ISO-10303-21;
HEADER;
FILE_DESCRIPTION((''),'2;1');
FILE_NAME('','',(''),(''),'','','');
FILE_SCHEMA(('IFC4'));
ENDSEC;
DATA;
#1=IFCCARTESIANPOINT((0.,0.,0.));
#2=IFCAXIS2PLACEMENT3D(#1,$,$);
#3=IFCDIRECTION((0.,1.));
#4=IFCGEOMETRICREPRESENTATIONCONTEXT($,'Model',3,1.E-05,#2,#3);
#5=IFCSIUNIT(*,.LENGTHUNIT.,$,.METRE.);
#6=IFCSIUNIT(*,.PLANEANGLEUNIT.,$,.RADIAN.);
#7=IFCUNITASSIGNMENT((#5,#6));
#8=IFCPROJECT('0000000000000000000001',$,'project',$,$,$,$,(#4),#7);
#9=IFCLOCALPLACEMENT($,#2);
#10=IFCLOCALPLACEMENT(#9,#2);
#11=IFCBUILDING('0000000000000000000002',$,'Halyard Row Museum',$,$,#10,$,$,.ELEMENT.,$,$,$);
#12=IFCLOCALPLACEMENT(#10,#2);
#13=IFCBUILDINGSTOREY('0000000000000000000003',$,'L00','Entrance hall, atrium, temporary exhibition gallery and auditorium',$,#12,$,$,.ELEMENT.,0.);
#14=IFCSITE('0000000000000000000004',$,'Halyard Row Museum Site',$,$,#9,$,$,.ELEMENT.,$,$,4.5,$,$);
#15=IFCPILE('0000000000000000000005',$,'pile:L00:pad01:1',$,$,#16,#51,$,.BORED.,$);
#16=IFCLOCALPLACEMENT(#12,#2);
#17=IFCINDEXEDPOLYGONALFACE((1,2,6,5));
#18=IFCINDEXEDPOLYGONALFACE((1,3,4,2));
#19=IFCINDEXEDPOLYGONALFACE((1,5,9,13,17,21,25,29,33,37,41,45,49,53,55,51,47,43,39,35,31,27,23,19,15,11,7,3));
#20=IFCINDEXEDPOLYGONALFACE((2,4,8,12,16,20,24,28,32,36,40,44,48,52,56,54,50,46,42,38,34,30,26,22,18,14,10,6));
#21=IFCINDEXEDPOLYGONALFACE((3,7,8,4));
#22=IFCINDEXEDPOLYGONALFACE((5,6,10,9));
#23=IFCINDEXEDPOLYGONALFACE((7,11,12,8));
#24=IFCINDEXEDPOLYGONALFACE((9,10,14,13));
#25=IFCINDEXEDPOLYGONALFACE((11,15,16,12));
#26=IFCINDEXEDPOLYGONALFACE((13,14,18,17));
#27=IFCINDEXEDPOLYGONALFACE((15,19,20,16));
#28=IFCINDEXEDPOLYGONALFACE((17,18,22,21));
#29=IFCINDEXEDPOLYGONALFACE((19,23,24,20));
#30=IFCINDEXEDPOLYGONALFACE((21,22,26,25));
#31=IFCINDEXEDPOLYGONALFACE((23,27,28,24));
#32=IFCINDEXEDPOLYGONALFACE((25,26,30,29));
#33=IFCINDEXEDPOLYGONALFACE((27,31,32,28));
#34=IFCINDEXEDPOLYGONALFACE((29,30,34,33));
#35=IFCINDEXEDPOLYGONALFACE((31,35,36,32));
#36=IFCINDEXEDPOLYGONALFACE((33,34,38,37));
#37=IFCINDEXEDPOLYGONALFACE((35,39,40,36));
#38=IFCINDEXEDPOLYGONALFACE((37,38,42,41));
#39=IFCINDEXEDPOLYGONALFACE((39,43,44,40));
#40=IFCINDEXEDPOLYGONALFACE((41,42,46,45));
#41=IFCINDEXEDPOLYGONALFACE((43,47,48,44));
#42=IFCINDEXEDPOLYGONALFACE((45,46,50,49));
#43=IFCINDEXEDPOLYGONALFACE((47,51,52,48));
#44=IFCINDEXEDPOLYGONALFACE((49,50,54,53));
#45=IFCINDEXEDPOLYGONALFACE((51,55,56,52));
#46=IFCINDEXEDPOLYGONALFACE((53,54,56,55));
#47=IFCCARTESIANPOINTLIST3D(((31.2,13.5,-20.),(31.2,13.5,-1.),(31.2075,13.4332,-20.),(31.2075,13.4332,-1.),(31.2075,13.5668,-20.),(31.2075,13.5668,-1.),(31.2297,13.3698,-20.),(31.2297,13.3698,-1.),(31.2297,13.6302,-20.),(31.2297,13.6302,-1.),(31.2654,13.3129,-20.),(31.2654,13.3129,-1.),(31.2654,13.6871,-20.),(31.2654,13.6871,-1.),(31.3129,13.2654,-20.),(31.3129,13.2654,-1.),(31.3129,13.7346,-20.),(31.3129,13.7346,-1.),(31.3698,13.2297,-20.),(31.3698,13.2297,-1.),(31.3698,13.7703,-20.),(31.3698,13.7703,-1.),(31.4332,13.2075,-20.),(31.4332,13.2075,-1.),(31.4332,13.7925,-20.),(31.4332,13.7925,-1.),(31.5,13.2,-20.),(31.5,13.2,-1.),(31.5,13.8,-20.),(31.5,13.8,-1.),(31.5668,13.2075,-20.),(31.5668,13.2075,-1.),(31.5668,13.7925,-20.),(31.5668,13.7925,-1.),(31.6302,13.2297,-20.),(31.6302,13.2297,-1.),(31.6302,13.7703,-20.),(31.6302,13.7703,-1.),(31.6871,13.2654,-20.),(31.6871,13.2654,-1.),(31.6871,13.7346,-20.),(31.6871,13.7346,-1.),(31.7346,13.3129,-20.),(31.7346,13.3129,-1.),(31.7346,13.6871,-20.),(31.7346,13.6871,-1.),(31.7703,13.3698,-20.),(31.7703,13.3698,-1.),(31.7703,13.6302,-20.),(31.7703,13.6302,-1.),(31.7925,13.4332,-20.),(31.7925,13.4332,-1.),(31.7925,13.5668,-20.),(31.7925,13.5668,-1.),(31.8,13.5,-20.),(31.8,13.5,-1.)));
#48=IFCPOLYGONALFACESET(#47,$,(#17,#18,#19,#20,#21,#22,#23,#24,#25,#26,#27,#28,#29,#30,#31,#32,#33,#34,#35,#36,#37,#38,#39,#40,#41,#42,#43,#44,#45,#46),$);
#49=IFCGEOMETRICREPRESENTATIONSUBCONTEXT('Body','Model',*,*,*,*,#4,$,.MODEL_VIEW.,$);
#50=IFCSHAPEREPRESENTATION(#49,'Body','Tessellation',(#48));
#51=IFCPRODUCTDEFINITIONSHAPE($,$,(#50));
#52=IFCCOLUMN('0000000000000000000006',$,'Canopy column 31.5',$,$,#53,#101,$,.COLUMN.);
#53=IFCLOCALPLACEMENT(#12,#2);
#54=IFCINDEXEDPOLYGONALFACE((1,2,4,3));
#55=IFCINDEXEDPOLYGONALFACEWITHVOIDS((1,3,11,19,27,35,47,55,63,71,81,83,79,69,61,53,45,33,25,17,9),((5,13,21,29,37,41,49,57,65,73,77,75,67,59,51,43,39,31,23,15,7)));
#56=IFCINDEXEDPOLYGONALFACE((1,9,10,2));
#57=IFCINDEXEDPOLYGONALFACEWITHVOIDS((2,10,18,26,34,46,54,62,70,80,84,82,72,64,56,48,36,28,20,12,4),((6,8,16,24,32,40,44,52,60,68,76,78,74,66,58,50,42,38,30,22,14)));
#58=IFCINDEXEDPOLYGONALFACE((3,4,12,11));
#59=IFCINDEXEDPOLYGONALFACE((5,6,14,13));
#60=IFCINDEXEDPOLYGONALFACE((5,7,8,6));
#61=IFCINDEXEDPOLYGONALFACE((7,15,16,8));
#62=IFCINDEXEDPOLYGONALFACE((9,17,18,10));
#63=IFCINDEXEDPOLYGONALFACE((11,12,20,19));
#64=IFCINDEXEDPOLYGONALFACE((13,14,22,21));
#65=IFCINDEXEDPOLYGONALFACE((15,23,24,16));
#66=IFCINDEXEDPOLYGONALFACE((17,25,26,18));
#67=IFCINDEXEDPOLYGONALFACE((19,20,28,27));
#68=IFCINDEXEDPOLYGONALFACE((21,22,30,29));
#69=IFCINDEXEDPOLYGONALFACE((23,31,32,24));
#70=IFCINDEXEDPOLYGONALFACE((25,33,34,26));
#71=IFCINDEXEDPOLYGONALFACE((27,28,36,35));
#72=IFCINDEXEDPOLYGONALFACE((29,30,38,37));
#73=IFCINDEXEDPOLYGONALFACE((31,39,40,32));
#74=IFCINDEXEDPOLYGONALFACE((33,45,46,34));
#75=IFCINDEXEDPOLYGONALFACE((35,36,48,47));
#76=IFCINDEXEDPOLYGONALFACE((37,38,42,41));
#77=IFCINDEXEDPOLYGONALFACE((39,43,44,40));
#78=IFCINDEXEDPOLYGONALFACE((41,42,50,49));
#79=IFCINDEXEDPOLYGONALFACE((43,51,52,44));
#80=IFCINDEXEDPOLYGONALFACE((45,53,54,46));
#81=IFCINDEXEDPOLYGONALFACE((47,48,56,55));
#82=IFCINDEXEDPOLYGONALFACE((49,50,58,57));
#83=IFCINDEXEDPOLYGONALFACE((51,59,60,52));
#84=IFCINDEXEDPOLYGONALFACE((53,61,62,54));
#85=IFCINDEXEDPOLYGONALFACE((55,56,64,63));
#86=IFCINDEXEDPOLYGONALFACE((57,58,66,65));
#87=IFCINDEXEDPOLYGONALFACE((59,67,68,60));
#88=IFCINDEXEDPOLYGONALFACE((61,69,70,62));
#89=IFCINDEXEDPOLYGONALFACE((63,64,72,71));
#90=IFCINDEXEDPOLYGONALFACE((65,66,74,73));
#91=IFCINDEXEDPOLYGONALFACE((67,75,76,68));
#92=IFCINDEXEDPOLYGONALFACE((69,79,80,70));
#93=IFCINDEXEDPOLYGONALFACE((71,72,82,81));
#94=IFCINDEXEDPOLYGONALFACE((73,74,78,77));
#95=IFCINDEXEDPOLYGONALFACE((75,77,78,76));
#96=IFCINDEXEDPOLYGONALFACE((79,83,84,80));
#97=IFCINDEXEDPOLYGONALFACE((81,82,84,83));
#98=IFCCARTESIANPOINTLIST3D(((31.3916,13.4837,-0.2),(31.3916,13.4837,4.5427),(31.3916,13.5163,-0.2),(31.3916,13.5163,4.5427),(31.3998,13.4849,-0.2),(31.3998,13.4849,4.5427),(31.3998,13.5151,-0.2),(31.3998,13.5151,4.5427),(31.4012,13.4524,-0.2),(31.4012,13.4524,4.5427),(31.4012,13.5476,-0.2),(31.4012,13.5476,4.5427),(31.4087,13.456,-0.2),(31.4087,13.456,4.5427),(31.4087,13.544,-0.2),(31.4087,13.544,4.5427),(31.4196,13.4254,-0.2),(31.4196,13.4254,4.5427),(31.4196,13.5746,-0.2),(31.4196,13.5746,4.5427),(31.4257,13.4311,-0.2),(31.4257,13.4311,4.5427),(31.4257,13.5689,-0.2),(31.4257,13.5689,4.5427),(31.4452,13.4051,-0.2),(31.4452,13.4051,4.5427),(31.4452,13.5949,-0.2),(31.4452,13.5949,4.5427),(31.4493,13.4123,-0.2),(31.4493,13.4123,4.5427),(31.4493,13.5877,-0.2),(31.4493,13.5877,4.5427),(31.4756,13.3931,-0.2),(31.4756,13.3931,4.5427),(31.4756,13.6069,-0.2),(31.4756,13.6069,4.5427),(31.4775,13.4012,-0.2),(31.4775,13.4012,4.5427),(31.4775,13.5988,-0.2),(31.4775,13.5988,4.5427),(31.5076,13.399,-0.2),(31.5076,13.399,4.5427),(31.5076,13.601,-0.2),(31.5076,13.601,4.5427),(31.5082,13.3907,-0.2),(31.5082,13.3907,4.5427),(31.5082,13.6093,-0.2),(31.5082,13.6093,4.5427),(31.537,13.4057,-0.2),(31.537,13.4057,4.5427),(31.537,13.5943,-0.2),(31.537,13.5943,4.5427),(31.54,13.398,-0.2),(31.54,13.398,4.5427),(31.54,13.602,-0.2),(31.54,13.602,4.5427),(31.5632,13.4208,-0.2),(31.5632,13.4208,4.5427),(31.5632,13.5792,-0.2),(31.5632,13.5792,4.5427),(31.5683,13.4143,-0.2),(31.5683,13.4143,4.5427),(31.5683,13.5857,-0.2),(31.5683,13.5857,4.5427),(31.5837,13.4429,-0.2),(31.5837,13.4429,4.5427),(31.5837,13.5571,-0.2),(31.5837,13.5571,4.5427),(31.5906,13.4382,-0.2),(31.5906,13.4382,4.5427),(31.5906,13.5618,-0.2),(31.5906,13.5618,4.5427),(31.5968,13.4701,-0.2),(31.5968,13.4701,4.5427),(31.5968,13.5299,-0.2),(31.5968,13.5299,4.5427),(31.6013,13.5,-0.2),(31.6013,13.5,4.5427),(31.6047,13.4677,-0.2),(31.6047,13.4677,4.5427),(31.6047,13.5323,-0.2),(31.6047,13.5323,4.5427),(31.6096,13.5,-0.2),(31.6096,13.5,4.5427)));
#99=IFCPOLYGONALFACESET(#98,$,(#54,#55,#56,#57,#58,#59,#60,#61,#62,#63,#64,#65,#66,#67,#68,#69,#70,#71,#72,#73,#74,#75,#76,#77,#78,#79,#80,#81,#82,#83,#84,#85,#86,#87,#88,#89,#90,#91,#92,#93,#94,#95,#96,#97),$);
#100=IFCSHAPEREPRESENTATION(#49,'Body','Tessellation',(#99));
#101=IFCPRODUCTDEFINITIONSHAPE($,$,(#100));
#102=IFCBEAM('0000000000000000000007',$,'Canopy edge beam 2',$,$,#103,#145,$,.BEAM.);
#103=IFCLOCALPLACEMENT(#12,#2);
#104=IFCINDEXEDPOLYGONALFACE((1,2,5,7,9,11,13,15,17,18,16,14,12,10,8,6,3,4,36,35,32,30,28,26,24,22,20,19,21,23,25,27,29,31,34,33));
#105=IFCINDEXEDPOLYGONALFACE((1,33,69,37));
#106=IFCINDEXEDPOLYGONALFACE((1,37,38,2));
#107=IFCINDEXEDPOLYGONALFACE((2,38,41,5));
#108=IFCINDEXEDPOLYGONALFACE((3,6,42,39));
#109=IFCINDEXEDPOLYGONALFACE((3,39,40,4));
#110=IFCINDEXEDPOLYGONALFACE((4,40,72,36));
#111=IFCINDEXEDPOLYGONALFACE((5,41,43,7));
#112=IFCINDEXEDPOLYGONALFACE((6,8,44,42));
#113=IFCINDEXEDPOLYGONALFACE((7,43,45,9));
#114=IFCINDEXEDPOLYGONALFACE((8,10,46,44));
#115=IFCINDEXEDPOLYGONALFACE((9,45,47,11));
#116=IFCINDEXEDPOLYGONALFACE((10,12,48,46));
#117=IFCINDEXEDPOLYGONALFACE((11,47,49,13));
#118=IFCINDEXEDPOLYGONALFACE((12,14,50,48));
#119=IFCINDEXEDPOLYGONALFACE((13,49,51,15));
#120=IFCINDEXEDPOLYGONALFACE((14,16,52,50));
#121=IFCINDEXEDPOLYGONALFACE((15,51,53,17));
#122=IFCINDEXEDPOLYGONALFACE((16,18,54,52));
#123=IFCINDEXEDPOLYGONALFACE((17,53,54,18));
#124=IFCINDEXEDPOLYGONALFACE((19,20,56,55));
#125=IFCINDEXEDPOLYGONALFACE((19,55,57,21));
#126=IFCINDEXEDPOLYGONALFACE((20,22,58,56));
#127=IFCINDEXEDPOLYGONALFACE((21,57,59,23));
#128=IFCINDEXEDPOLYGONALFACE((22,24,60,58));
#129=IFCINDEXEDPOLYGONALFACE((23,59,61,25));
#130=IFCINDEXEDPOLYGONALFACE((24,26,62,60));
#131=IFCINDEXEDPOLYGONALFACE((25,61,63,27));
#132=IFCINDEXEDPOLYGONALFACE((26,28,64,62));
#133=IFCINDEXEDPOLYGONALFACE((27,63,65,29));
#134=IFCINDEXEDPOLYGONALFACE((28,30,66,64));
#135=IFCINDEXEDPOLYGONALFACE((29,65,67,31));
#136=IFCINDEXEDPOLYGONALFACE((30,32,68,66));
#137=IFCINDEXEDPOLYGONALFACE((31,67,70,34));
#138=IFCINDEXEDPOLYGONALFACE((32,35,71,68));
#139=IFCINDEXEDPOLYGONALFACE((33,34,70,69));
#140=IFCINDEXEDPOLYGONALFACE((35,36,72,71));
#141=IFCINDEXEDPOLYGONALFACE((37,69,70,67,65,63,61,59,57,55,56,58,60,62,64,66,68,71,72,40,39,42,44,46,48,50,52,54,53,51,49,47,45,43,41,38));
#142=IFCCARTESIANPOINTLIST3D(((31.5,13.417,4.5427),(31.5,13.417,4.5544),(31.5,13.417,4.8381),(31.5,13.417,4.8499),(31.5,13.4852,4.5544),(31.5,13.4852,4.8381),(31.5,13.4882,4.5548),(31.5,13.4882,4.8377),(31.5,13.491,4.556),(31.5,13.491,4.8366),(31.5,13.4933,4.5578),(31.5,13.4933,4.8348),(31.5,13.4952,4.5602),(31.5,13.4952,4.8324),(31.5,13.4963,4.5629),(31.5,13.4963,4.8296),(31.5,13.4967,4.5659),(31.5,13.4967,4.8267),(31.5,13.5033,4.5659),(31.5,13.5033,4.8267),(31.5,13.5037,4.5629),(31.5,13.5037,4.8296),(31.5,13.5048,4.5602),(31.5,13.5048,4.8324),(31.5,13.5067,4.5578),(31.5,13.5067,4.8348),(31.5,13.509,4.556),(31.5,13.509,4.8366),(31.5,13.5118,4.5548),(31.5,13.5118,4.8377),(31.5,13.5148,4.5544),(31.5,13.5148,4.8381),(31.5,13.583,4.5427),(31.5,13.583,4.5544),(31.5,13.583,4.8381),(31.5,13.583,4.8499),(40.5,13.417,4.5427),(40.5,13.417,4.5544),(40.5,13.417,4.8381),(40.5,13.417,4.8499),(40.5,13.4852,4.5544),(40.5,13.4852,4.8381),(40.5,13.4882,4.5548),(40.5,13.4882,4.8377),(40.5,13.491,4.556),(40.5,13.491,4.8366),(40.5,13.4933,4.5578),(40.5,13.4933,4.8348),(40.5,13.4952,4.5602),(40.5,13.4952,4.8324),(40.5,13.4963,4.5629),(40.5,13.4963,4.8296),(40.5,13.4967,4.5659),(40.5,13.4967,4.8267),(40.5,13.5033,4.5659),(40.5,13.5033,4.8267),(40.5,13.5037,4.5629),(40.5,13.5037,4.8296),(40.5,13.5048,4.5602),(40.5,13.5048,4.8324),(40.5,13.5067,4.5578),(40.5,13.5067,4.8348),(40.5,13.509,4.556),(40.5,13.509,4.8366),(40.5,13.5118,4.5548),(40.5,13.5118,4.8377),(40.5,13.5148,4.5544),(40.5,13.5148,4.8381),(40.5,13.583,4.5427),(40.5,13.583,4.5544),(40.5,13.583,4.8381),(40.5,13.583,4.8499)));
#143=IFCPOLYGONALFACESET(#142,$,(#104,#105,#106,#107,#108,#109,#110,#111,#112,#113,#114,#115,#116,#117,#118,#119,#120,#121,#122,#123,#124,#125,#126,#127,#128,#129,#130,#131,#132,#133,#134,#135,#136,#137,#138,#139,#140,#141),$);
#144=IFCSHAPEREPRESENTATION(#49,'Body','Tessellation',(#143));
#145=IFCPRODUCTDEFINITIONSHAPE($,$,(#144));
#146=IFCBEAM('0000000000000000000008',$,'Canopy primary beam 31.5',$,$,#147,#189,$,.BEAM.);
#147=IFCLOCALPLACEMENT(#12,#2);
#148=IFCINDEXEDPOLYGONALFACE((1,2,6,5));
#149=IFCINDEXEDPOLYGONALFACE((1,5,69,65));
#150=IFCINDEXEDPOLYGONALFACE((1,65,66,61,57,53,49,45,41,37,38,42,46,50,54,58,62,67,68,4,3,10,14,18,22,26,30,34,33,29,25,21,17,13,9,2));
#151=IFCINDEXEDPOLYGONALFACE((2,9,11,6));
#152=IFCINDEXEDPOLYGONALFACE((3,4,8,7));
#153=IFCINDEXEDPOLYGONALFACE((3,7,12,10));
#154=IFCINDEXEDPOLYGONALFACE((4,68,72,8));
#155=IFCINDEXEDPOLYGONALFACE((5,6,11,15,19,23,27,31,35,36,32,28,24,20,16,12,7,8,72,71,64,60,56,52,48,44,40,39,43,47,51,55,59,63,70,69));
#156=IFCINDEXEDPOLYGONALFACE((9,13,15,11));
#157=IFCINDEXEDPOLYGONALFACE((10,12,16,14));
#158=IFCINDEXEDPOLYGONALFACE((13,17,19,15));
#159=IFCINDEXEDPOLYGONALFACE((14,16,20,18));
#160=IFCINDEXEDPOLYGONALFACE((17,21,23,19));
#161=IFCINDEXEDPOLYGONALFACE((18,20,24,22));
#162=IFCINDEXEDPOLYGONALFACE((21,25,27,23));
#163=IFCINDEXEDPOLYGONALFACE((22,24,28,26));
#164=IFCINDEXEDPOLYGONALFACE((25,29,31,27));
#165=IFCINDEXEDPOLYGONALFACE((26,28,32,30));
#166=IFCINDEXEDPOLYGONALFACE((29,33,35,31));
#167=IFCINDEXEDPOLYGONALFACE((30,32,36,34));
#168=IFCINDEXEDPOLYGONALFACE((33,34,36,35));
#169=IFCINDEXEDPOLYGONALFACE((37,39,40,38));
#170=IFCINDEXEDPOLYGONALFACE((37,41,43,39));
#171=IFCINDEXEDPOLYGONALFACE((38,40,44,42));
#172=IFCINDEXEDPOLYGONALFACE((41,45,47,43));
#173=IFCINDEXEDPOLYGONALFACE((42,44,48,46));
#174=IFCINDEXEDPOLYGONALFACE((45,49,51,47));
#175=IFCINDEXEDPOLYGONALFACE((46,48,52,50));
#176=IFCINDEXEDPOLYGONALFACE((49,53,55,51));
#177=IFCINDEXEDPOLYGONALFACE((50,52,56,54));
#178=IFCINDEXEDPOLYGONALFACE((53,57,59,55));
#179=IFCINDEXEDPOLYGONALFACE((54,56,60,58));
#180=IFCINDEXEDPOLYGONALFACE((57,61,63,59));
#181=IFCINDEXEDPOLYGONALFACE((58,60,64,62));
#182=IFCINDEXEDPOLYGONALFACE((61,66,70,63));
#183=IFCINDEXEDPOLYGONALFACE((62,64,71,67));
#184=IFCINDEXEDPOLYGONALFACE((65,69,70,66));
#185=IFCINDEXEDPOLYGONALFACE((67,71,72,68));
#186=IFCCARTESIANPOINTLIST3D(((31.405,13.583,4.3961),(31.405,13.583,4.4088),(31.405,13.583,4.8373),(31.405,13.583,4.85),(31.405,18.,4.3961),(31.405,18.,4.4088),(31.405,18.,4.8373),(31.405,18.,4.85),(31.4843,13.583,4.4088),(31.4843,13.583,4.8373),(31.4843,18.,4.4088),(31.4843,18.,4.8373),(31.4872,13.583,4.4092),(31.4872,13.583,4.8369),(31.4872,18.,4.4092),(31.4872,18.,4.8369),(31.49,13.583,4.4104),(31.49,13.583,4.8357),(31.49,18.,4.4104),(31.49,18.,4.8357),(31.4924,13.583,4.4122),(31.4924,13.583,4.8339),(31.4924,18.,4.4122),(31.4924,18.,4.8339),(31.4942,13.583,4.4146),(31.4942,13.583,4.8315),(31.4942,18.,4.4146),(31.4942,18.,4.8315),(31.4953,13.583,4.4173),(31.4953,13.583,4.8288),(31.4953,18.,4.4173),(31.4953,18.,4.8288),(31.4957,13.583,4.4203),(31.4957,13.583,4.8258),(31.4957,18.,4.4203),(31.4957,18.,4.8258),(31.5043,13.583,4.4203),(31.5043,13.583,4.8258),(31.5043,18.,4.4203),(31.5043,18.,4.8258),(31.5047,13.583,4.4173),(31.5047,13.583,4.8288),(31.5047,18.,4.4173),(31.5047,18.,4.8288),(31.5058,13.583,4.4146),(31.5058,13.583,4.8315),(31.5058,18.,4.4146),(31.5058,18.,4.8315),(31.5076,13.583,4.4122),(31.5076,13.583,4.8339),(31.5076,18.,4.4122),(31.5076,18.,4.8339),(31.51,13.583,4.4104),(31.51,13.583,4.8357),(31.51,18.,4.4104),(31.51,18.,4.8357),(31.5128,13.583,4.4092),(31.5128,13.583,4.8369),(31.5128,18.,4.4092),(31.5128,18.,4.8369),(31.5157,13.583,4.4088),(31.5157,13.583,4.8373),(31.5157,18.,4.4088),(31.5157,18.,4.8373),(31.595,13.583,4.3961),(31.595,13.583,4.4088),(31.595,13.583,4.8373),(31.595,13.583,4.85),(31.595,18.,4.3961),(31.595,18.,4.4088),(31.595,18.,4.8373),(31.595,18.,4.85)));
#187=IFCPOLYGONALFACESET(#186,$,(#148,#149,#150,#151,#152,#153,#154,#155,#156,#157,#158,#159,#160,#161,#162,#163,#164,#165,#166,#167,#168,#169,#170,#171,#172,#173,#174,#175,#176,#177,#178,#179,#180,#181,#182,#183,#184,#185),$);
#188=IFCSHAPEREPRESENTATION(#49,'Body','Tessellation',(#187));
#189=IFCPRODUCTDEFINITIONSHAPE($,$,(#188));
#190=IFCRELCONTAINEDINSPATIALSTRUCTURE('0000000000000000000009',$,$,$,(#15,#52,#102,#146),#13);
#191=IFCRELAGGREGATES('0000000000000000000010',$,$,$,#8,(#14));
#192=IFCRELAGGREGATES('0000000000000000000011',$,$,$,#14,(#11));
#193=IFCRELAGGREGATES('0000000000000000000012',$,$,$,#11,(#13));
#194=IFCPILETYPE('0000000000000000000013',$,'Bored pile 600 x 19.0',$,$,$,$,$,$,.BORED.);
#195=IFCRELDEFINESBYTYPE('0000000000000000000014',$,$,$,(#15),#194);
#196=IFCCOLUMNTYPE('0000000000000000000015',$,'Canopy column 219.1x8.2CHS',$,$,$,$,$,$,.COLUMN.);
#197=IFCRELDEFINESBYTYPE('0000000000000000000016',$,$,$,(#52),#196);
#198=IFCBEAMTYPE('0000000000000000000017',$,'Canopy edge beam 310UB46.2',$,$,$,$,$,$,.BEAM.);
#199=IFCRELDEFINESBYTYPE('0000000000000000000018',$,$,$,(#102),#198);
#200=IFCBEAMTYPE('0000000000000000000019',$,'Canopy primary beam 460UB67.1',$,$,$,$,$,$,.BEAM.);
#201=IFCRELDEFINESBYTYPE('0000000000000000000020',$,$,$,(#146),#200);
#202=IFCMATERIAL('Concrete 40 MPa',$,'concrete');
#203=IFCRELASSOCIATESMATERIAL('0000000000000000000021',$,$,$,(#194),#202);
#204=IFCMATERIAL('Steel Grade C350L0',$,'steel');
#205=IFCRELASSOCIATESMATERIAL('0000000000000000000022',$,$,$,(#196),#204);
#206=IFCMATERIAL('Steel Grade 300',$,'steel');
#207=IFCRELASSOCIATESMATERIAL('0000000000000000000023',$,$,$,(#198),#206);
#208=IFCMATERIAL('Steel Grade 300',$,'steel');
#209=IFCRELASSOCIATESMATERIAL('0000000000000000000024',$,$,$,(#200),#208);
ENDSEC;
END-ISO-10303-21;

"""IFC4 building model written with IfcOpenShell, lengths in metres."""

from ifc_helpers import new_model, si_unit, direction, frame, origin, origin_2d, place, context, subcontext, project, spatial, circle, hollow_circle, i_section, extrude, material, material_profile, profile_set, type_object, element, save


model = new_model("IFC4")

# Units and contexts
model_context = context("Model", 3, precision=1e-05, world=origin(), true_north=direction((0.0, 1.0)))
body_context = subcontext(model_context, "Body", "Model", "MODEL_VIEW")
ifc_project = project(units=[si_unit("LENGTHUNIT", "METRE"), si_unit("PLANEANGLEUNIT", "RADIAN")], contexts=[model_context])

# Site, building, storey
site_placement = place(None, origin())
site = spatial("IfcSite", under=ifc_project, at=site_placement, Name="Halyard Row Museum Site", CompositionType="ELEMENT", RefElevation=4.5)
building_placement = place(site_placement, origin())
building = spatial("IfcBuilding", under=site, at=building_placement, Name="Halyard Row Museum", CompositionType="ELEMENT")
storey_placement = place(building_placement, origin())
storey = spatial("IfcBuildingStorey", under=building, at=storey_placement, Name="L00", Description="Entrance hall, atrium, temporary exhibition gallery and auditorium", CompositionType="ELEMENT", Elevation=0.0)

# Pile
ifc_material_1 = material(Name="Concrete 40 MPa", Category="concrete")
ifc_material_profile_1 = material_profile(ifc_material_1, circle(Radius=0.3, at=origin_2d()), Name="Bored pile 600 x 19.0")
ifc_profile_set_1 = profile_set([ifc_material_profile_1], Name="Concrete 40 MPa")
pile_type = type_object("IfcPileType", Name="Bored pile 600 x 19.0", PredefinedType="BORED", material=ifc_profile_set_1)
pile_placement = place(storey_placement, frame((31.5, 13.5, -1.0), z_axis=(0.0, 0.0, -1.0), x_axis=(1.0, 0.0, 0.0)))
element("IfcPile", 1, at=pile_placement, inside=storey, type_object=pile_type, Name="pile:L00:pad01:1", PredefinedType="BORED", context=body_context, shape_type="SweptSolid", body=[
    extrude(circle(Radius=0.3, at=origin_2d()), origin(), (0.0, 0.0, 1.0), 19.0),
])

# Column
ifc_material_2 = material(Name="Steel Grade C350L0", Category="steel")
ifc_material_profile_2 = material_profile(ifc_material_2, hollow_circle(Radius=0.1096, WallThickness=0.0083, at=origin_2d()), Name="219.1x8.2CHS")
ifc_profile_set_2 = profile_set([ifc_material_profile_2], Name="Steel Grade C350L0")
column_type = type_object("IfcColumnType", Name="Canopy column 219.1x8.2CHS", PredefinedType="COLUMN", material=ifc_profile_set_2)
column_placement = place(storey_placement, frame((31.5, 13.5, -0.2), z_axis=(0.0, 0.0, 1.0), x_axis=(1.0, 0.0, 0.0)))
element("IfcColumn", 2, at=column_placement, inside=storey, type_object=column_type, Name="Canopy column 31.5", PredefinedType="COLUMN", context=body_context, shape_type="SweptSolid", body=[
    extrude(hollow_circle(Radius=0.1096, WallThickness=0.0083, at=origin_2d()), origin(), (0.0, 0.0, 1.0), 4.7427),
])

# Beams
ifc_material_3 = material(Name="Steel Grade 300", Category="steel")
ifc_material_profile_3 = material_profile(ifc_material_3, i_section(OverallWidth=0.166, OverallDepth=0.3071, WebThickness=0.0066, FlangeThickness=0.0117, FilletRadius=0.0115, at=origin_2d()), Name="310UB46.2")
ifc_profile_set_3 = profile_set([ifc_material_profile_3], Name="Steel Grade 300")
beam_type_1 = type_object("IfcBeamType", Name="Canopy edge beam 310UB46.2", PredefinedType="BEAM", material=ifc_profile_set_3)
beam_1_placement = place(storey_placement, frame((31.5, 13.5, 4.6963), z_axis=(1.0, 0.0, 0.0), x_axis=(0.0, 1.0, 0.0)))
element("IfcBeam", 3, at=beam_1_placement, inside=storey, type_object=beam_type_1, Name="Canopy edge beam 2", PredefinedType="BEAM", context=body_context, shape_type="SweptSolid", body=[
    extrude(i_section(OverallWidth=0.166, OverallDepth=0.3071, WebThickness=0.0066, FlangeThickness=0.0117, FilletRadius=0.0115, at=origin_2d()), origin(), (0.0, 0.0, 1.0), 9.0),
])
ifc_material_4 = material(Name="Steel Grade 300", Category="steel")
ifc_material_profile_4 = material_profile(ifc_material_4, i_section(OverallWidth=0.1899, OverallDepth=0.4539, WebThickness=0.0085, FlangeThickness=0.0127, FilletRadius=0.0115, at=origin_2d()), Name="460UB67.1")
ifc_profile_set_4 = profile_set([ifc_material_profile_4], Name="Steel Grade 300")
beam_type_2 = type_object("IfcBeamType", Name="Canopy primary beam 460UB67.1", PredefinedType="BEAM", material=ifc_profile_set_4)
beam_2_placement = place(storey_placement, frame((31.5, 13.583, 4.623), z_axis=(0.0, 1.0, 0.0), x_axis=(-1.0, 0.0, 0.0)))
element("IfcBeam", 4, at=beam_2_placement, inside=storey, type_object=beam_type_2, Name="Canopy primary beam 31.5", PredefinedType="BEAM", context=body_context, shape_type="SweptSolid", body=[
    extrude(i_section(OverallWidth=0.1899, OverallDepth=0.4539, WebThickness=0.0085, FlangeThickness=0.0127, FilletRadius=0.0115, at=origin_2d()), origin(), (0.0, 0.0, 1.0), 4.417),
])

save(model, "model.ifc")
